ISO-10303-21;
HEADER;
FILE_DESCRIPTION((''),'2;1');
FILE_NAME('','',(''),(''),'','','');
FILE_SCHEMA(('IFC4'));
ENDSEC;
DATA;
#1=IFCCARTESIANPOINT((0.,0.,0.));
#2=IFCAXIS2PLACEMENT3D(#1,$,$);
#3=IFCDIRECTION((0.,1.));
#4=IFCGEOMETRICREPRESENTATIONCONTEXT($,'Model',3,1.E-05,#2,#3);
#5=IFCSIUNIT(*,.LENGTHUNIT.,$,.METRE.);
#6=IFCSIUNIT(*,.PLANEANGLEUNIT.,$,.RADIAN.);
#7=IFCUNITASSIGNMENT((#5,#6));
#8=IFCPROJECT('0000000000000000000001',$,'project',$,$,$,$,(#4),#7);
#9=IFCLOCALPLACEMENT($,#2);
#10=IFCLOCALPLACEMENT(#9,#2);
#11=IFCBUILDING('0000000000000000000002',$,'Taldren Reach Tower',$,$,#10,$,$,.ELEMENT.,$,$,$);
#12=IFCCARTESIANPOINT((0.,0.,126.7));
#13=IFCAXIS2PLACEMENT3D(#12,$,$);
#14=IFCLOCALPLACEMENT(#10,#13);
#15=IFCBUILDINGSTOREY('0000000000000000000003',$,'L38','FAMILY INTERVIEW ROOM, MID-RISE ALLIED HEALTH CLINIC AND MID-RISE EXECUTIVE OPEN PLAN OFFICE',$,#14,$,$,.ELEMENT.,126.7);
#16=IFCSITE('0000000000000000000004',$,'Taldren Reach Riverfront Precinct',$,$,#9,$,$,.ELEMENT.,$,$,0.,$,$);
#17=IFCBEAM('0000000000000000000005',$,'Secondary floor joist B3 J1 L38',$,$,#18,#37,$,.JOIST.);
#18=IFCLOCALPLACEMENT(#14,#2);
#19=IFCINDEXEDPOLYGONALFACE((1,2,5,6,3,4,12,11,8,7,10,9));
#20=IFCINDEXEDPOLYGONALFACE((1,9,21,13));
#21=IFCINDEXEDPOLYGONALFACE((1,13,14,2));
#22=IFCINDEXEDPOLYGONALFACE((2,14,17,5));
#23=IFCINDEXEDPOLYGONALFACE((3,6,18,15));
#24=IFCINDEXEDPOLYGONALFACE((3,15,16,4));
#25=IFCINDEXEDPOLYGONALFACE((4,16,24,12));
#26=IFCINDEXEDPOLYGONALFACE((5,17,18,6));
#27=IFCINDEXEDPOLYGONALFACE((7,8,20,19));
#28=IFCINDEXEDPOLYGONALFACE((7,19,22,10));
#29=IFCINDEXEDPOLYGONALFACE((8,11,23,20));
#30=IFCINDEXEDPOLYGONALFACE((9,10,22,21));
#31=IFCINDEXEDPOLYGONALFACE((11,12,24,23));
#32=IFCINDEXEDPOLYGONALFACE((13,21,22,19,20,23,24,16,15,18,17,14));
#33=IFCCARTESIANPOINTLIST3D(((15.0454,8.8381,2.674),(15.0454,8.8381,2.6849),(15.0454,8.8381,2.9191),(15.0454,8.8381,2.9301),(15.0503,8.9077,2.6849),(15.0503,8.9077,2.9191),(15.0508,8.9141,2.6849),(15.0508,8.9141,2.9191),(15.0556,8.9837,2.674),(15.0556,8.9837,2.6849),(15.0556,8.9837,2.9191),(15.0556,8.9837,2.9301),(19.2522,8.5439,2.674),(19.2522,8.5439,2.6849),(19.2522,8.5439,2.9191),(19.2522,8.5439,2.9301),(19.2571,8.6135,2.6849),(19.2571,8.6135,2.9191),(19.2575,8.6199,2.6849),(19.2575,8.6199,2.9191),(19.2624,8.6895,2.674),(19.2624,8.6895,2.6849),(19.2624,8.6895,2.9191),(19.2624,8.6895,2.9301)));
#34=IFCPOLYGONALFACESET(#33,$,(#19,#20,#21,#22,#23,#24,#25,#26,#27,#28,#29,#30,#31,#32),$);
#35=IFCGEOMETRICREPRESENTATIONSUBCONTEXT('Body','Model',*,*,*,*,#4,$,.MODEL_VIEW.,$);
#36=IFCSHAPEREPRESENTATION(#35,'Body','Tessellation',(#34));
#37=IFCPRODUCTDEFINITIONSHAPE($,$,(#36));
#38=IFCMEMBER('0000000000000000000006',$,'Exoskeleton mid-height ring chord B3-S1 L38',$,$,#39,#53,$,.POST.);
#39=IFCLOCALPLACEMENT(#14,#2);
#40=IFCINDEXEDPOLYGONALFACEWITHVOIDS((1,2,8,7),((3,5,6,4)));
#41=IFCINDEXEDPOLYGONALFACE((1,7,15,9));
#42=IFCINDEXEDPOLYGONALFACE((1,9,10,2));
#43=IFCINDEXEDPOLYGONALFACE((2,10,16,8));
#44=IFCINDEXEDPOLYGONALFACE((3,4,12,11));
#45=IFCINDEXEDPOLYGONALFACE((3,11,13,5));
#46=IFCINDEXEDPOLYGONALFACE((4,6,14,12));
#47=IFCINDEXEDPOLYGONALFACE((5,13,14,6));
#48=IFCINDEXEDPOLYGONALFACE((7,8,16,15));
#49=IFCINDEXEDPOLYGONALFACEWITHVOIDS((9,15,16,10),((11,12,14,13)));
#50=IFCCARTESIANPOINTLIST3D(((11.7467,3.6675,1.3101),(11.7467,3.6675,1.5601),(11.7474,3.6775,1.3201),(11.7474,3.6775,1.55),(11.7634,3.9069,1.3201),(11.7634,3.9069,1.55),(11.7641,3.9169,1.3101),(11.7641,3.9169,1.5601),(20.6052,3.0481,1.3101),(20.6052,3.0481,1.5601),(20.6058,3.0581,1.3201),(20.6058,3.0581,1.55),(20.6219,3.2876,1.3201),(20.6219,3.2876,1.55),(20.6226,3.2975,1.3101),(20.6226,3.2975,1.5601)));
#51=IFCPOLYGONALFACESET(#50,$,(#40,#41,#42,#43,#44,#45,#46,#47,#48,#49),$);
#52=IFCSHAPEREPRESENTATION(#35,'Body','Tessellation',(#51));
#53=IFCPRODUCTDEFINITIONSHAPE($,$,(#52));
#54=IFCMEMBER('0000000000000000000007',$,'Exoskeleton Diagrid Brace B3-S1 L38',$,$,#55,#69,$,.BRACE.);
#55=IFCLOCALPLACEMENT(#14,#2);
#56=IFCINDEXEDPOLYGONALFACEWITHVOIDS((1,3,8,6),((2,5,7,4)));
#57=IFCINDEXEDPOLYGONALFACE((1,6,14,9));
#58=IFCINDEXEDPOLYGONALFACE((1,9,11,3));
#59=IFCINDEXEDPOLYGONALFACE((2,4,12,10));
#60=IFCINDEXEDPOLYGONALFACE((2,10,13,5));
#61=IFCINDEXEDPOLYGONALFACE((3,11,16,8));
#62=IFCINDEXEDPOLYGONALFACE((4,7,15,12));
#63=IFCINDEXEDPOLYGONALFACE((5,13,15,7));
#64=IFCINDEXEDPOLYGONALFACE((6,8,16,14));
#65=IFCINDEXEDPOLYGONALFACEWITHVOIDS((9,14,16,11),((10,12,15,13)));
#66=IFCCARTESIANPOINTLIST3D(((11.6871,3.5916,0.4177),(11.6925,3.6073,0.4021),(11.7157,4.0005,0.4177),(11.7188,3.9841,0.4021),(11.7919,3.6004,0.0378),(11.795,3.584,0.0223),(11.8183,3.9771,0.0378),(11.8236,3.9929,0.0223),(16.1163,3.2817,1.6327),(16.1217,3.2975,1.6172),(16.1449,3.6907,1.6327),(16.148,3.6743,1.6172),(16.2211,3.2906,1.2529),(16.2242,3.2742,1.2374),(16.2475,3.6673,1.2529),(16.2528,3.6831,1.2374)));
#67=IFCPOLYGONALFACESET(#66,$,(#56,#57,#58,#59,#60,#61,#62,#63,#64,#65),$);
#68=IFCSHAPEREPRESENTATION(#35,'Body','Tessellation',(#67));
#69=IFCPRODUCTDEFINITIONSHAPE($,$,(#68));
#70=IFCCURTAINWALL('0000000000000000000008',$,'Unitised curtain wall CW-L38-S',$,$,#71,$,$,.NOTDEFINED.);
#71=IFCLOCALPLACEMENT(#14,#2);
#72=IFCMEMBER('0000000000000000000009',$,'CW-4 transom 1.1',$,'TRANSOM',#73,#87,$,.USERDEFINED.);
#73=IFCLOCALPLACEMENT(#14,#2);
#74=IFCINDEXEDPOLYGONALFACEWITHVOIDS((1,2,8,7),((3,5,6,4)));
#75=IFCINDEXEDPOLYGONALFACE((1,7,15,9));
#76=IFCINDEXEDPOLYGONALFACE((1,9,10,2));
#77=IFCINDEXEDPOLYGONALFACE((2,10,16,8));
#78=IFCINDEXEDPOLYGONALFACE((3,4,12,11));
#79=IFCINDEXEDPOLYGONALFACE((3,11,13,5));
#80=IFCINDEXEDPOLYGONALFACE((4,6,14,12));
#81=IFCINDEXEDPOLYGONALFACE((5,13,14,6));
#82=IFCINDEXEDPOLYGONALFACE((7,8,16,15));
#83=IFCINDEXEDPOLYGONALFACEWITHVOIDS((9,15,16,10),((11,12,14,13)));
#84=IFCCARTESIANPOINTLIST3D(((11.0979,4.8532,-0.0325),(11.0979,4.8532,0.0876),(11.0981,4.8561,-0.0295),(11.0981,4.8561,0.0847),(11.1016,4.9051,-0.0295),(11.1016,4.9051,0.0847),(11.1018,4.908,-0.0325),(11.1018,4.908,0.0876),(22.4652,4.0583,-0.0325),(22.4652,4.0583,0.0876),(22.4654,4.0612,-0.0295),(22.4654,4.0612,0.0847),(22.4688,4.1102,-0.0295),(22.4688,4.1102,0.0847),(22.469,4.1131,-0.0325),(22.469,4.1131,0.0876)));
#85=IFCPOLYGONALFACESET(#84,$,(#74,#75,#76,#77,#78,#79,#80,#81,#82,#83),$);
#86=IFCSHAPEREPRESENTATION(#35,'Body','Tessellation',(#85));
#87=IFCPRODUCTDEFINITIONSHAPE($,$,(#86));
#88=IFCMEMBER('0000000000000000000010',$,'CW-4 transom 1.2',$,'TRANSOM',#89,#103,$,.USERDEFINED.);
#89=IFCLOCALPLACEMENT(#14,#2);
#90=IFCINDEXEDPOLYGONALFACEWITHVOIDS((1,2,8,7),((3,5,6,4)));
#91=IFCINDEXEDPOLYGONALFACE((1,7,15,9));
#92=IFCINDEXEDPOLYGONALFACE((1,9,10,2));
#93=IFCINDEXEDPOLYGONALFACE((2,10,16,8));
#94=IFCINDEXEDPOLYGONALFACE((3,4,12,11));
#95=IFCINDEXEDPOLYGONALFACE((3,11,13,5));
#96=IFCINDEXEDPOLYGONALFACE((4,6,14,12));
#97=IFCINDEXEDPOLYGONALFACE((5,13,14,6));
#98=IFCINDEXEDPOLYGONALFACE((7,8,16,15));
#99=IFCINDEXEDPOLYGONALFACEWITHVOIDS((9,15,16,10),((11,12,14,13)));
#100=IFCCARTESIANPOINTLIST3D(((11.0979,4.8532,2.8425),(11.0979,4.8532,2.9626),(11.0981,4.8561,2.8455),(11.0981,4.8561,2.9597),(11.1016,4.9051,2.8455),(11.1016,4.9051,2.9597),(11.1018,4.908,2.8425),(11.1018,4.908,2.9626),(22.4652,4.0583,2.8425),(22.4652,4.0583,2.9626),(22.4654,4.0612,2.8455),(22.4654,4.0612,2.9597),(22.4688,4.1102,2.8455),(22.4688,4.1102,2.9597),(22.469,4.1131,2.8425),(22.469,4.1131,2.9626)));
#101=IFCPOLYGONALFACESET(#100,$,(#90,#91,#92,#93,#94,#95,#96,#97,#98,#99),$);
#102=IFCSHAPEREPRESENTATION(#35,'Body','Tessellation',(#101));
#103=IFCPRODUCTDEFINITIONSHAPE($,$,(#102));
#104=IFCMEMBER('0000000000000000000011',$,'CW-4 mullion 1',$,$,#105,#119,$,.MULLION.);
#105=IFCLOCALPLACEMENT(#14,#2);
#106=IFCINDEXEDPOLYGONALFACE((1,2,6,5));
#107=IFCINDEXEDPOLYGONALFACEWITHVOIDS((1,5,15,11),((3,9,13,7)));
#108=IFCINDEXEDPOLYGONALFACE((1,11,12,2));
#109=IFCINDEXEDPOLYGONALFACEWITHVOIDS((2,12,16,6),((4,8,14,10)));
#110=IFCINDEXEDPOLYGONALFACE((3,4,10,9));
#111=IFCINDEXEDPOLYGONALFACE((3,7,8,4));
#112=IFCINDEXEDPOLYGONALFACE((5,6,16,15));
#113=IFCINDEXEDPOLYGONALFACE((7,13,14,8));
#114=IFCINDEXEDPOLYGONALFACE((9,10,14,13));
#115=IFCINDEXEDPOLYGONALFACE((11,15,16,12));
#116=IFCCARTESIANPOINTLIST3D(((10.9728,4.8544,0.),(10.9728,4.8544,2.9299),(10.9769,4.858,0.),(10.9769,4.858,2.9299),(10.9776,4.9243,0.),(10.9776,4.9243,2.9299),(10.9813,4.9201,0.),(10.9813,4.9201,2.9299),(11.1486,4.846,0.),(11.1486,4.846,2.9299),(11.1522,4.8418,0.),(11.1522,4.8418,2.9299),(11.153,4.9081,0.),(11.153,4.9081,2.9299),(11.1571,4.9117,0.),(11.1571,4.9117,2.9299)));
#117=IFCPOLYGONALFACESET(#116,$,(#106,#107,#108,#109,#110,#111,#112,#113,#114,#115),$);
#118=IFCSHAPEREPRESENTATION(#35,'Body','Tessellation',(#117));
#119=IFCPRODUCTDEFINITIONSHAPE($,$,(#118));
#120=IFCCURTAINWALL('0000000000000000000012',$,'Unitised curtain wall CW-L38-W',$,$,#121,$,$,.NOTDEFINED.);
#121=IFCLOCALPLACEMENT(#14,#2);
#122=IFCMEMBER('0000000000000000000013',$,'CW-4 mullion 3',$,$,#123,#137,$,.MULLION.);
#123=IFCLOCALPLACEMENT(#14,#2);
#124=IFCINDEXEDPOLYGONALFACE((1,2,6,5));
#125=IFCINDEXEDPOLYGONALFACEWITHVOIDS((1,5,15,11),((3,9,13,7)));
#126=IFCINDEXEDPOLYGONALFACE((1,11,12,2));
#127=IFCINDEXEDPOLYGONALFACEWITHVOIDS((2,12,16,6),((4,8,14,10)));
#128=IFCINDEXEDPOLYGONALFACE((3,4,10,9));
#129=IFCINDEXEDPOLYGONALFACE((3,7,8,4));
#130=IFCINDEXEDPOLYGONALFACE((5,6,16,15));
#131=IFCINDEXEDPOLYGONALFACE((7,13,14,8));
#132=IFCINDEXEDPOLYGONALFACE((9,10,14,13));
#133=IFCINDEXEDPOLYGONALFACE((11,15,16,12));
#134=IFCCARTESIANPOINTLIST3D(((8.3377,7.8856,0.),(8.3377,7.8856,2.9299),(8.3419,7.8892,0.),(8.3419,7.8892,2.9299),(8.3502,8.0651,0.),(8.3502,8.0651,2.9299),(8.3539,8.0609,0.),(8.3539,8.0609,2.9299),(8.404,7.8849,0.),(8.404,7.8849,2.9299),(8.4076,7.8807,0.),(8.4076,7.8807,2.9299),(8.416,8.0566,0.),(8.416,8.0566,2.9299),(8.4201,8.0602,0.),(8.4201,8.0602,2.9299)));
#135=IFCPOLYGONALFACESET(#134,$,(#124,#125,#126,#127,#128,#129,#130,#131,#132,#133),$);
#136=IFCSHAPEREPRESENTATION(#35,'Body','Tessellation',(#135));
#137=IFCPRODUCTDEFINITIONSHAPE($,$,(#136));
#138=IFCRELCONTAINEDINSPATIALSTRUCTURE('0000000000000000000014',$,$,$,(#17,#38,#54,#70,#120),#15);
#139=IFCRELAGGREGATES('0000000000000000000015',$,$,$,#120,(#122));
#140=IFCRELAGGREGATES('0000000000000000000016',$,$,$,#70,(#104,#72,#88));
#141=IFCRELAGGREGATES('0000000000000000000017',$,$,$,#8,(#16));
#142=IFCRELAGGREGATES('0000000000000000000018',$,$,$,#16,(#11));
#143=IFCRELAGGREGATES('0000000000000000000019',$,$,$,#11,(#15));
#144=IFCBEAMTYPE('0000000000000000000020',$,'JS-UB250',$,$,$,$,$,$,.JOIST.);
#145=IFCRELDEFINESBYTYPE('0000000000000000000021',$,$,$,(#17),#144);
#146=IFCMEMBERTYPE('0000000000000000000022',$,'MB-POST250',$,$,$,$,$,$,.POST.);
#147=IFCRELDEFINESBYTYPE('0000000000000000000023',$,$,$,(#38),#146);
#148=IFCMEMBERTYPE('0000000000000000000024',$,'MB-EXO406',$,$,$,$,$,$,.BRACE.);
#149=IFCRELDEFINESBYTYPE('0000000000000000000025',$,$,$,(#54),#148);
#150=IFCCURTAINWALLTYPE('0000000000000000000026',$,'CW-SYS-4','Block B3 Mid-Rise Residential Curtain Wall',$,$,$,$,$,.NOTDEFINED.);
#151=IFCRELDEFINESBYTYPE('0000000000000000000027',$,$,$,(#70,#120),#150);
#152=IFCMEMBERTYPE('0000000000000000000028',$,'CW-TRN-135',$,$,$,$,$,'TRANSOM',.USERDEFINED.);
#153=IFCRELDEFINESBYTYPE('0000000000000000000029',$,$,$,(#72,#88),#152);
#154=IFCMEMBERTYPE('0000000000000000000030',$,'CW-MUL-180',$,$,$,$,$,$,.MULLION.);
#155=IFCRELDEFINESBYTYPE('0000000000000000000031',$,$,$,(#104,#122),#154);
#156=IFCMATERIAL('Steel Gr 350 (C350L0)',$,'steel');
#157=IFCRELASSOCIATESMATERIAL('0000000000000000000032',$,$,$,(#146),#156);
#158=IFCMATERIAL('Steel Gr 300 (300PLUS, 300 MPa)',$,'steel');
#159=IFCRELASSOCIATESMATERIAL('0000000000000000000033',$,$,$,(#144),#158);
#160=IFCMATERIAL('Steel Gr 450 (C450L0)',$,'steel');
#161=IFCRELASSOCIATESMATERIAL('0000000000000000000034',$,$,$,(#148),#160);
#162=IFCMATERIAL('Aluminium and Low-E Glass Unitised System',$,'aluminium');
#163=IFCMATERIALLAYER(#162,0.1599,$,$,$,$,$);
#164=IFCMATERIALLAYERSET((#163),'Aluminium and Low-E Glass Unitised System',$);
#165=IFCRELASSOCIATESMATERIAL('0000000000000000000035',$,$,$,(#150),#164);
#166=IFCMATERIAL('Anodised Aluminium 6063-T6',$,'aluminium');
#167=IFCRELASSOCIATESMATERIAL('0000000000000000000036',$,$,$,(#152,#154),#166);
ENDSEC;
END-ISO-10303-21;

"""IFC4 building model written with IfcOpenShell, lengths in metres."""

from ifc_helpers import new_model, si_unit, direction, frame, origin, origin_2d, place, context, subcontext, project, spatial, hollow_rectangle, i_section, extrude, source, transform, mapped, material, layer, layer_set, material_profile, profile_set, type_object, element, aggregate, save


model = new_model("IFC4")

# Units and contexts
model_context = context("Model", 3, precision=1e-05, world=origin(), true_north=direction((0.0, 1.0)))
body_context = subcontext(model_context, "Body", "Model", "MODEL_VIEW")
ifc_project = project(units=[si_unit("LENGTHUNIT", "METRE"), si_unit("PLANEANGLEUNIT", "RADIAN")], contexts=[model_context])

# Site, building, storey
site_placement = place(None, origin())
site = spatial("IfcSite", under=ifc_project, at=site_placement, Name="Taldren Reach Riverfront Precinct", CompositionType="ELEMENT", RefElevation=0.0)
building_placement = place(site_placement, origin())
building = spatial("IfcBuilding", under=site, at=building_placement, Name="Taldren Reach Tower", CompositionType="ELEMENT")
storey_placement = place(building_placement, frame((0.0, 0.0, 126.7)))
storey = spatial("IfcBuildingStorey", under=building, at=storey_placement, Name="L38", Description="FAMILY INTERVIEW ROOM, MID-RISE ALLIED HEALTH CLINIC AND MID-RISE EXECUTIVE OPEN PLAN OFFICE", CompositionType="ELEMENT", Elevation=126.7)

# Shared definitions
ifc_material_1 = material(Name="Steel Gr 450 (C450L0)", Category="steel")

# Shared definitions
ifc_material_2 = material(Name="Steel Gr 350 (C350L0)", Category="steel")
ifc_material_profile_1 = material_profile(ifc_material_2, hollow_rectangle(XDim=0.25, YDim=0.25, WallThickness=0.01, at=origin_2d()), Name="250x250x10.0SHS")
ifc_profile_set_1 = profile_set([ifc_material_profile_1], Name="Steel Gr 350 (C350L0)")
member_type_1 = type_object("IfcMemberType", Name="MB-POST250", PredefinedType="POST", material=ifc_profile_set_1)

# Beam
ifc_material_3 = material(Name="Steel Gr 300 (300PLUS, 300 MPa)", Category="steel")
ifc_material_profile_2 = material_profile(ifc_material_3, i_section(OverallWidth=0.146, OverallDepth=0.2561, WebThickness=0.0063, FlangeThickness=0.011, at=origin_2d()), Name="250UB37.3")
ifc_profile_set_2 = profile_set([ifc_material_profile_2], Name="Steel Gr 300 (300PLUS, 300 MPa)")
beam_type_1 = type_object("IfcBeamType", Name="JS-UB250", PredefinedType="JOIST", material=ifc_profile_set_2)
shared_shape_1 = source(origin(), body_context, "Body", "SweptSolid", [
    extrude(i_section(OverallWidth=0.146, OverallDepth=0.2561, WebThickness=0.0063, FlangeThickness=0.011, at=origin_2d()), origin(), (0.0, 0.0, 1.0), 4.217),
])
beam_1_placement = place(storey_placement, frame((15.0505, 8.9109, 2.802), z_axis=(0.997564, -0.069762, 0.0), x_axis=(0.069762, 0.997564, 0.0)))
element("IfcBeam", 1, at=beam_1_placement, inside=storey, type_object=beam_type_1, Name="Secondary floor joist B3 J1 L38", PredefinedType="JOIST", context=body_context, shape_type="MappedRepresentation", body=[
    mapped(shared_shape_1, transform((0.0, 0.0, 0.0), scale=1.0)),
])

# Members
shared_shape_2 = source(origin(), body_context, "Body", "SweptSolid", [
    extrude(hollow_rectangle(XDim=0.25, YDim=0.25, WallThickness=0.01, at=origin_2d()), origin(), (0.0, 0.0, 1.0), 8.8801),
])
member_1_placement = place(storey_placement, frame((11.7554, 3.7922, 1.4351), z_axis=(0.997564, -0.06975, 0.0), x_axis=(0.06975, 0.997564, 0.0)))
element("IfcMember", 2, at=member_1_placement, inside=storey, type_object=member_type_1, Name="Exoskeleton mid-height ring chord B3-S1 L38", PredefinedType="POST", context=body_context, shape_type="MappedRepresentation", body=[
    mapped(shared_shape_2, transform((0.0, 0.0, 0.0), scale=1.0)),
])
ifc_material_profile_3 = material_profile(ifc_material_1, hollow_rectangle(XDim=0.4099, YDim=0.4099, WallThickness=0.0161, at=origin_2d()), Name="410x410x16.0SHS")
ifc_profile_set_3 = profile_set([ifc_material_profile_3], Name="Steel Gr 450 (C450L0)")
member_type_2 = type_object("IfcMemberType", Name="MB-EXO406", PredefinedType="BRACE", material=ifc_profile_set_3)
shared_shape_3 = source(origin(), body_context, "Body", "SweptSolid", [
    extrude(hollow_rectangle(XDim=0.4099, YDim=0.4099, WallThickness=0.0161, at=origin_2d()), origin(), (0.0, 0.0, 1.0), 4.6033),
])
member_2_placement = place(storey_placement, frame((11.7554, 3.7922, 0.22), z_axis=(0.962182, -0.067303, 0.263961), x_axis=(0.069778, 0.997563, 0.0)))
element("IfcMember", 3, at=member_2_placement, inside=storey, type_object=member_type_2, Name="Exoskeleton Diagrid Brace B3-S1 L38", PredefinedType="BRACE", context=body_context, shape_type="MappedRepresentation", body=[
    mapped(shared_shape_3, transform((0.0, 0.0, 0.0), scale=1.0)),
])

# Curtain wall, members
ifc_material_4 = material(Name="Aluminium and Low-E Glass Unitised System", Category="aluminium")
ifc_layer_1 = layer(ifc_material_4, 0.1599)
ifc_layer_set_1 = layer_set([ifc_layer_1], Name="Aluminium and Low-E Glass Unitised System")
curtain_wall_type = type_object("IfcCurtainWallType", Name="CW-SYS-4", Description="Block B3 Mid-Rise Residential Curtain Wall", PredefinedType="NOTDEFINED", material=ifc_layer_set_1)
curtain_wall_1_placement = place(storey_placement, origin())
curtain_wall_1 = element("IfcCurtainWall", 4, at=curtain_wall_1_placement, inside=storey, type_object=curtain_wall_type, Name="Unitised curtain wall CW-L38-S", PredefinedType="NOTDEFINED")
ifc_material_5 = material(Name="Anodised Aluminium 6063-T6", Category="aluminium")
ifc_material_profile_4 = material_profile(ifc_material_5, hollow_rectangle(XDim=0.0549, YDim=0.1201, WallThickness=0.0029, at=origin_2d()), Name="ALU-120x55x3RHS")
ifc_profile_set_4 = profile_set([ifc_material_profile_4], Name="Anodised Aluminium 6063-T6")
member_type_3 = type_object("IfcMemberType", Name="CW-TRN-135", ElementType="TRANSOM", PredefinedType="USERDEFINED", material=ifc_profile_set_4)
shared_shape_4 = source(origin(), body_context, "Body", "SweptSolid", [
    extrude(hollow_rectangle(XDim=0.0549, YDim=0.1201, WallThickness=0.0029, at=origin_2d()), origin(), (0.0, 0.0, 1.0), 11.395),
])
member_3_placement = place(storey_placement, frame((11.0999, 4.8806, 0.0276), z_axis=(0.997564, -0.069761, 0.0), x_axis=(0.069761, 0.997564, 0.0)))
member_3 = element("IfcMember", 5, at=member_3_placement, type_object=member_type_3, Name="CW-4 transom 1.1", ObjectType="TRANSOM", PredefinedType="USERDEFINED", context=body_context, shape_type="MappedRepresentation", body=[
    mapped(shared_shape_4, transform((0.0, 0.0, 0.0), scale=1.0)),
])
member_4_placement = place(storey_placement, frame((11.0999, 4.8806, 2.9026), z_axis=(0.997564, -0.069761, 0.0), x_axis=(0.069761, 0.997564, 0.0)))
member_4 = element("IfcMember", 6, at=member_4_placement, type_object=member_type_3, Name="CW-4 transom 1.2", ObjectType="TRANSOM", PredefinedType="USERDEFINED", context=body_context, shape_type="MappedRepresentation", body=[
    mapped(shared_shape_4, transform((0.0, 0.0, 0.0), scale=1.0)),
])
ifc_material_profile_5 = material_profile(ifc_material_5, hollow_rectangle(XDim=0.0701, YDim=0.1799, WallThickness=0.0039, at=origin_2d()), Name="ALU-180x70x4RHS")
ifc_profile_set_5 = profile_set([ifc_material_profile_5], Name="Anodised Aluminium 6063-T6")
member_type_4 = type_object("IfcMemberType", Name="CW-MUL-180", PredefinedType="MULLION", material=ifc_profile_set_5)
shared_shape_5 = source(origin(), body_context, "Body", "SweptSolid", [
    extrude(hollow_rectangle(XDim=0.0701, YDim=0.1799, WallThickness=0.0039, at=origin_2d()), origin(), (0.0, 0.0, 1.0), 2.9299),
])
member_5_placement = place(storey_placement, frame((11.0649, 4.8831, 0.0), z_axis=(0.0, 0.0, 1.0), x_axis=(0.069757, 0.997564, 0.0)))
member_5 = element("IfcMember", 7, at=member_5_placement, type_object=member_type_4, Name="CW-4 mullion 1", PredefinedType="MULLION", context=body_context, shape_type="MappedRepresentation", body=[
    mapped(shared_shape_5, transform((0.0, 0.0, 0.0), scale=1.0)),
])

# Curtain wall, member
curtain_wall_2_placement = place(storey_placement, origin())
curtain_wall_2 = element("IfcCurtainWall", 8, at=curtain_wall_2_placement, inside=storey, type_object=curtain_wall_type, Name="Unitised curtain wall CW-L38-W", PredefinedType="NOTDEFINED")
member_6_placement = place(storey_placement, frame((8.3789, 7.9729, 0.0), z_axis=(0.0, 0.0, 1.0), x_axis=(0.997564, -0.069756, 0.0)))
member_6 = element("IfcMember", 9, at=member_6_placement, type_object=member_type_4, Name="CW-4 mullion 3", PredefinedType="MULLION", context=body_context, shape_type="MappedRepresentation", body=[
    mapped(shared_shape_5, transform((0.0, 0.0, 0.0), scale=1.0)),
])
aggregate(curtain_wall_2, [member_6])

aggregate(curtain_wall_1, [member_5, member_3, member_4])

save(model, "model.ifc")
